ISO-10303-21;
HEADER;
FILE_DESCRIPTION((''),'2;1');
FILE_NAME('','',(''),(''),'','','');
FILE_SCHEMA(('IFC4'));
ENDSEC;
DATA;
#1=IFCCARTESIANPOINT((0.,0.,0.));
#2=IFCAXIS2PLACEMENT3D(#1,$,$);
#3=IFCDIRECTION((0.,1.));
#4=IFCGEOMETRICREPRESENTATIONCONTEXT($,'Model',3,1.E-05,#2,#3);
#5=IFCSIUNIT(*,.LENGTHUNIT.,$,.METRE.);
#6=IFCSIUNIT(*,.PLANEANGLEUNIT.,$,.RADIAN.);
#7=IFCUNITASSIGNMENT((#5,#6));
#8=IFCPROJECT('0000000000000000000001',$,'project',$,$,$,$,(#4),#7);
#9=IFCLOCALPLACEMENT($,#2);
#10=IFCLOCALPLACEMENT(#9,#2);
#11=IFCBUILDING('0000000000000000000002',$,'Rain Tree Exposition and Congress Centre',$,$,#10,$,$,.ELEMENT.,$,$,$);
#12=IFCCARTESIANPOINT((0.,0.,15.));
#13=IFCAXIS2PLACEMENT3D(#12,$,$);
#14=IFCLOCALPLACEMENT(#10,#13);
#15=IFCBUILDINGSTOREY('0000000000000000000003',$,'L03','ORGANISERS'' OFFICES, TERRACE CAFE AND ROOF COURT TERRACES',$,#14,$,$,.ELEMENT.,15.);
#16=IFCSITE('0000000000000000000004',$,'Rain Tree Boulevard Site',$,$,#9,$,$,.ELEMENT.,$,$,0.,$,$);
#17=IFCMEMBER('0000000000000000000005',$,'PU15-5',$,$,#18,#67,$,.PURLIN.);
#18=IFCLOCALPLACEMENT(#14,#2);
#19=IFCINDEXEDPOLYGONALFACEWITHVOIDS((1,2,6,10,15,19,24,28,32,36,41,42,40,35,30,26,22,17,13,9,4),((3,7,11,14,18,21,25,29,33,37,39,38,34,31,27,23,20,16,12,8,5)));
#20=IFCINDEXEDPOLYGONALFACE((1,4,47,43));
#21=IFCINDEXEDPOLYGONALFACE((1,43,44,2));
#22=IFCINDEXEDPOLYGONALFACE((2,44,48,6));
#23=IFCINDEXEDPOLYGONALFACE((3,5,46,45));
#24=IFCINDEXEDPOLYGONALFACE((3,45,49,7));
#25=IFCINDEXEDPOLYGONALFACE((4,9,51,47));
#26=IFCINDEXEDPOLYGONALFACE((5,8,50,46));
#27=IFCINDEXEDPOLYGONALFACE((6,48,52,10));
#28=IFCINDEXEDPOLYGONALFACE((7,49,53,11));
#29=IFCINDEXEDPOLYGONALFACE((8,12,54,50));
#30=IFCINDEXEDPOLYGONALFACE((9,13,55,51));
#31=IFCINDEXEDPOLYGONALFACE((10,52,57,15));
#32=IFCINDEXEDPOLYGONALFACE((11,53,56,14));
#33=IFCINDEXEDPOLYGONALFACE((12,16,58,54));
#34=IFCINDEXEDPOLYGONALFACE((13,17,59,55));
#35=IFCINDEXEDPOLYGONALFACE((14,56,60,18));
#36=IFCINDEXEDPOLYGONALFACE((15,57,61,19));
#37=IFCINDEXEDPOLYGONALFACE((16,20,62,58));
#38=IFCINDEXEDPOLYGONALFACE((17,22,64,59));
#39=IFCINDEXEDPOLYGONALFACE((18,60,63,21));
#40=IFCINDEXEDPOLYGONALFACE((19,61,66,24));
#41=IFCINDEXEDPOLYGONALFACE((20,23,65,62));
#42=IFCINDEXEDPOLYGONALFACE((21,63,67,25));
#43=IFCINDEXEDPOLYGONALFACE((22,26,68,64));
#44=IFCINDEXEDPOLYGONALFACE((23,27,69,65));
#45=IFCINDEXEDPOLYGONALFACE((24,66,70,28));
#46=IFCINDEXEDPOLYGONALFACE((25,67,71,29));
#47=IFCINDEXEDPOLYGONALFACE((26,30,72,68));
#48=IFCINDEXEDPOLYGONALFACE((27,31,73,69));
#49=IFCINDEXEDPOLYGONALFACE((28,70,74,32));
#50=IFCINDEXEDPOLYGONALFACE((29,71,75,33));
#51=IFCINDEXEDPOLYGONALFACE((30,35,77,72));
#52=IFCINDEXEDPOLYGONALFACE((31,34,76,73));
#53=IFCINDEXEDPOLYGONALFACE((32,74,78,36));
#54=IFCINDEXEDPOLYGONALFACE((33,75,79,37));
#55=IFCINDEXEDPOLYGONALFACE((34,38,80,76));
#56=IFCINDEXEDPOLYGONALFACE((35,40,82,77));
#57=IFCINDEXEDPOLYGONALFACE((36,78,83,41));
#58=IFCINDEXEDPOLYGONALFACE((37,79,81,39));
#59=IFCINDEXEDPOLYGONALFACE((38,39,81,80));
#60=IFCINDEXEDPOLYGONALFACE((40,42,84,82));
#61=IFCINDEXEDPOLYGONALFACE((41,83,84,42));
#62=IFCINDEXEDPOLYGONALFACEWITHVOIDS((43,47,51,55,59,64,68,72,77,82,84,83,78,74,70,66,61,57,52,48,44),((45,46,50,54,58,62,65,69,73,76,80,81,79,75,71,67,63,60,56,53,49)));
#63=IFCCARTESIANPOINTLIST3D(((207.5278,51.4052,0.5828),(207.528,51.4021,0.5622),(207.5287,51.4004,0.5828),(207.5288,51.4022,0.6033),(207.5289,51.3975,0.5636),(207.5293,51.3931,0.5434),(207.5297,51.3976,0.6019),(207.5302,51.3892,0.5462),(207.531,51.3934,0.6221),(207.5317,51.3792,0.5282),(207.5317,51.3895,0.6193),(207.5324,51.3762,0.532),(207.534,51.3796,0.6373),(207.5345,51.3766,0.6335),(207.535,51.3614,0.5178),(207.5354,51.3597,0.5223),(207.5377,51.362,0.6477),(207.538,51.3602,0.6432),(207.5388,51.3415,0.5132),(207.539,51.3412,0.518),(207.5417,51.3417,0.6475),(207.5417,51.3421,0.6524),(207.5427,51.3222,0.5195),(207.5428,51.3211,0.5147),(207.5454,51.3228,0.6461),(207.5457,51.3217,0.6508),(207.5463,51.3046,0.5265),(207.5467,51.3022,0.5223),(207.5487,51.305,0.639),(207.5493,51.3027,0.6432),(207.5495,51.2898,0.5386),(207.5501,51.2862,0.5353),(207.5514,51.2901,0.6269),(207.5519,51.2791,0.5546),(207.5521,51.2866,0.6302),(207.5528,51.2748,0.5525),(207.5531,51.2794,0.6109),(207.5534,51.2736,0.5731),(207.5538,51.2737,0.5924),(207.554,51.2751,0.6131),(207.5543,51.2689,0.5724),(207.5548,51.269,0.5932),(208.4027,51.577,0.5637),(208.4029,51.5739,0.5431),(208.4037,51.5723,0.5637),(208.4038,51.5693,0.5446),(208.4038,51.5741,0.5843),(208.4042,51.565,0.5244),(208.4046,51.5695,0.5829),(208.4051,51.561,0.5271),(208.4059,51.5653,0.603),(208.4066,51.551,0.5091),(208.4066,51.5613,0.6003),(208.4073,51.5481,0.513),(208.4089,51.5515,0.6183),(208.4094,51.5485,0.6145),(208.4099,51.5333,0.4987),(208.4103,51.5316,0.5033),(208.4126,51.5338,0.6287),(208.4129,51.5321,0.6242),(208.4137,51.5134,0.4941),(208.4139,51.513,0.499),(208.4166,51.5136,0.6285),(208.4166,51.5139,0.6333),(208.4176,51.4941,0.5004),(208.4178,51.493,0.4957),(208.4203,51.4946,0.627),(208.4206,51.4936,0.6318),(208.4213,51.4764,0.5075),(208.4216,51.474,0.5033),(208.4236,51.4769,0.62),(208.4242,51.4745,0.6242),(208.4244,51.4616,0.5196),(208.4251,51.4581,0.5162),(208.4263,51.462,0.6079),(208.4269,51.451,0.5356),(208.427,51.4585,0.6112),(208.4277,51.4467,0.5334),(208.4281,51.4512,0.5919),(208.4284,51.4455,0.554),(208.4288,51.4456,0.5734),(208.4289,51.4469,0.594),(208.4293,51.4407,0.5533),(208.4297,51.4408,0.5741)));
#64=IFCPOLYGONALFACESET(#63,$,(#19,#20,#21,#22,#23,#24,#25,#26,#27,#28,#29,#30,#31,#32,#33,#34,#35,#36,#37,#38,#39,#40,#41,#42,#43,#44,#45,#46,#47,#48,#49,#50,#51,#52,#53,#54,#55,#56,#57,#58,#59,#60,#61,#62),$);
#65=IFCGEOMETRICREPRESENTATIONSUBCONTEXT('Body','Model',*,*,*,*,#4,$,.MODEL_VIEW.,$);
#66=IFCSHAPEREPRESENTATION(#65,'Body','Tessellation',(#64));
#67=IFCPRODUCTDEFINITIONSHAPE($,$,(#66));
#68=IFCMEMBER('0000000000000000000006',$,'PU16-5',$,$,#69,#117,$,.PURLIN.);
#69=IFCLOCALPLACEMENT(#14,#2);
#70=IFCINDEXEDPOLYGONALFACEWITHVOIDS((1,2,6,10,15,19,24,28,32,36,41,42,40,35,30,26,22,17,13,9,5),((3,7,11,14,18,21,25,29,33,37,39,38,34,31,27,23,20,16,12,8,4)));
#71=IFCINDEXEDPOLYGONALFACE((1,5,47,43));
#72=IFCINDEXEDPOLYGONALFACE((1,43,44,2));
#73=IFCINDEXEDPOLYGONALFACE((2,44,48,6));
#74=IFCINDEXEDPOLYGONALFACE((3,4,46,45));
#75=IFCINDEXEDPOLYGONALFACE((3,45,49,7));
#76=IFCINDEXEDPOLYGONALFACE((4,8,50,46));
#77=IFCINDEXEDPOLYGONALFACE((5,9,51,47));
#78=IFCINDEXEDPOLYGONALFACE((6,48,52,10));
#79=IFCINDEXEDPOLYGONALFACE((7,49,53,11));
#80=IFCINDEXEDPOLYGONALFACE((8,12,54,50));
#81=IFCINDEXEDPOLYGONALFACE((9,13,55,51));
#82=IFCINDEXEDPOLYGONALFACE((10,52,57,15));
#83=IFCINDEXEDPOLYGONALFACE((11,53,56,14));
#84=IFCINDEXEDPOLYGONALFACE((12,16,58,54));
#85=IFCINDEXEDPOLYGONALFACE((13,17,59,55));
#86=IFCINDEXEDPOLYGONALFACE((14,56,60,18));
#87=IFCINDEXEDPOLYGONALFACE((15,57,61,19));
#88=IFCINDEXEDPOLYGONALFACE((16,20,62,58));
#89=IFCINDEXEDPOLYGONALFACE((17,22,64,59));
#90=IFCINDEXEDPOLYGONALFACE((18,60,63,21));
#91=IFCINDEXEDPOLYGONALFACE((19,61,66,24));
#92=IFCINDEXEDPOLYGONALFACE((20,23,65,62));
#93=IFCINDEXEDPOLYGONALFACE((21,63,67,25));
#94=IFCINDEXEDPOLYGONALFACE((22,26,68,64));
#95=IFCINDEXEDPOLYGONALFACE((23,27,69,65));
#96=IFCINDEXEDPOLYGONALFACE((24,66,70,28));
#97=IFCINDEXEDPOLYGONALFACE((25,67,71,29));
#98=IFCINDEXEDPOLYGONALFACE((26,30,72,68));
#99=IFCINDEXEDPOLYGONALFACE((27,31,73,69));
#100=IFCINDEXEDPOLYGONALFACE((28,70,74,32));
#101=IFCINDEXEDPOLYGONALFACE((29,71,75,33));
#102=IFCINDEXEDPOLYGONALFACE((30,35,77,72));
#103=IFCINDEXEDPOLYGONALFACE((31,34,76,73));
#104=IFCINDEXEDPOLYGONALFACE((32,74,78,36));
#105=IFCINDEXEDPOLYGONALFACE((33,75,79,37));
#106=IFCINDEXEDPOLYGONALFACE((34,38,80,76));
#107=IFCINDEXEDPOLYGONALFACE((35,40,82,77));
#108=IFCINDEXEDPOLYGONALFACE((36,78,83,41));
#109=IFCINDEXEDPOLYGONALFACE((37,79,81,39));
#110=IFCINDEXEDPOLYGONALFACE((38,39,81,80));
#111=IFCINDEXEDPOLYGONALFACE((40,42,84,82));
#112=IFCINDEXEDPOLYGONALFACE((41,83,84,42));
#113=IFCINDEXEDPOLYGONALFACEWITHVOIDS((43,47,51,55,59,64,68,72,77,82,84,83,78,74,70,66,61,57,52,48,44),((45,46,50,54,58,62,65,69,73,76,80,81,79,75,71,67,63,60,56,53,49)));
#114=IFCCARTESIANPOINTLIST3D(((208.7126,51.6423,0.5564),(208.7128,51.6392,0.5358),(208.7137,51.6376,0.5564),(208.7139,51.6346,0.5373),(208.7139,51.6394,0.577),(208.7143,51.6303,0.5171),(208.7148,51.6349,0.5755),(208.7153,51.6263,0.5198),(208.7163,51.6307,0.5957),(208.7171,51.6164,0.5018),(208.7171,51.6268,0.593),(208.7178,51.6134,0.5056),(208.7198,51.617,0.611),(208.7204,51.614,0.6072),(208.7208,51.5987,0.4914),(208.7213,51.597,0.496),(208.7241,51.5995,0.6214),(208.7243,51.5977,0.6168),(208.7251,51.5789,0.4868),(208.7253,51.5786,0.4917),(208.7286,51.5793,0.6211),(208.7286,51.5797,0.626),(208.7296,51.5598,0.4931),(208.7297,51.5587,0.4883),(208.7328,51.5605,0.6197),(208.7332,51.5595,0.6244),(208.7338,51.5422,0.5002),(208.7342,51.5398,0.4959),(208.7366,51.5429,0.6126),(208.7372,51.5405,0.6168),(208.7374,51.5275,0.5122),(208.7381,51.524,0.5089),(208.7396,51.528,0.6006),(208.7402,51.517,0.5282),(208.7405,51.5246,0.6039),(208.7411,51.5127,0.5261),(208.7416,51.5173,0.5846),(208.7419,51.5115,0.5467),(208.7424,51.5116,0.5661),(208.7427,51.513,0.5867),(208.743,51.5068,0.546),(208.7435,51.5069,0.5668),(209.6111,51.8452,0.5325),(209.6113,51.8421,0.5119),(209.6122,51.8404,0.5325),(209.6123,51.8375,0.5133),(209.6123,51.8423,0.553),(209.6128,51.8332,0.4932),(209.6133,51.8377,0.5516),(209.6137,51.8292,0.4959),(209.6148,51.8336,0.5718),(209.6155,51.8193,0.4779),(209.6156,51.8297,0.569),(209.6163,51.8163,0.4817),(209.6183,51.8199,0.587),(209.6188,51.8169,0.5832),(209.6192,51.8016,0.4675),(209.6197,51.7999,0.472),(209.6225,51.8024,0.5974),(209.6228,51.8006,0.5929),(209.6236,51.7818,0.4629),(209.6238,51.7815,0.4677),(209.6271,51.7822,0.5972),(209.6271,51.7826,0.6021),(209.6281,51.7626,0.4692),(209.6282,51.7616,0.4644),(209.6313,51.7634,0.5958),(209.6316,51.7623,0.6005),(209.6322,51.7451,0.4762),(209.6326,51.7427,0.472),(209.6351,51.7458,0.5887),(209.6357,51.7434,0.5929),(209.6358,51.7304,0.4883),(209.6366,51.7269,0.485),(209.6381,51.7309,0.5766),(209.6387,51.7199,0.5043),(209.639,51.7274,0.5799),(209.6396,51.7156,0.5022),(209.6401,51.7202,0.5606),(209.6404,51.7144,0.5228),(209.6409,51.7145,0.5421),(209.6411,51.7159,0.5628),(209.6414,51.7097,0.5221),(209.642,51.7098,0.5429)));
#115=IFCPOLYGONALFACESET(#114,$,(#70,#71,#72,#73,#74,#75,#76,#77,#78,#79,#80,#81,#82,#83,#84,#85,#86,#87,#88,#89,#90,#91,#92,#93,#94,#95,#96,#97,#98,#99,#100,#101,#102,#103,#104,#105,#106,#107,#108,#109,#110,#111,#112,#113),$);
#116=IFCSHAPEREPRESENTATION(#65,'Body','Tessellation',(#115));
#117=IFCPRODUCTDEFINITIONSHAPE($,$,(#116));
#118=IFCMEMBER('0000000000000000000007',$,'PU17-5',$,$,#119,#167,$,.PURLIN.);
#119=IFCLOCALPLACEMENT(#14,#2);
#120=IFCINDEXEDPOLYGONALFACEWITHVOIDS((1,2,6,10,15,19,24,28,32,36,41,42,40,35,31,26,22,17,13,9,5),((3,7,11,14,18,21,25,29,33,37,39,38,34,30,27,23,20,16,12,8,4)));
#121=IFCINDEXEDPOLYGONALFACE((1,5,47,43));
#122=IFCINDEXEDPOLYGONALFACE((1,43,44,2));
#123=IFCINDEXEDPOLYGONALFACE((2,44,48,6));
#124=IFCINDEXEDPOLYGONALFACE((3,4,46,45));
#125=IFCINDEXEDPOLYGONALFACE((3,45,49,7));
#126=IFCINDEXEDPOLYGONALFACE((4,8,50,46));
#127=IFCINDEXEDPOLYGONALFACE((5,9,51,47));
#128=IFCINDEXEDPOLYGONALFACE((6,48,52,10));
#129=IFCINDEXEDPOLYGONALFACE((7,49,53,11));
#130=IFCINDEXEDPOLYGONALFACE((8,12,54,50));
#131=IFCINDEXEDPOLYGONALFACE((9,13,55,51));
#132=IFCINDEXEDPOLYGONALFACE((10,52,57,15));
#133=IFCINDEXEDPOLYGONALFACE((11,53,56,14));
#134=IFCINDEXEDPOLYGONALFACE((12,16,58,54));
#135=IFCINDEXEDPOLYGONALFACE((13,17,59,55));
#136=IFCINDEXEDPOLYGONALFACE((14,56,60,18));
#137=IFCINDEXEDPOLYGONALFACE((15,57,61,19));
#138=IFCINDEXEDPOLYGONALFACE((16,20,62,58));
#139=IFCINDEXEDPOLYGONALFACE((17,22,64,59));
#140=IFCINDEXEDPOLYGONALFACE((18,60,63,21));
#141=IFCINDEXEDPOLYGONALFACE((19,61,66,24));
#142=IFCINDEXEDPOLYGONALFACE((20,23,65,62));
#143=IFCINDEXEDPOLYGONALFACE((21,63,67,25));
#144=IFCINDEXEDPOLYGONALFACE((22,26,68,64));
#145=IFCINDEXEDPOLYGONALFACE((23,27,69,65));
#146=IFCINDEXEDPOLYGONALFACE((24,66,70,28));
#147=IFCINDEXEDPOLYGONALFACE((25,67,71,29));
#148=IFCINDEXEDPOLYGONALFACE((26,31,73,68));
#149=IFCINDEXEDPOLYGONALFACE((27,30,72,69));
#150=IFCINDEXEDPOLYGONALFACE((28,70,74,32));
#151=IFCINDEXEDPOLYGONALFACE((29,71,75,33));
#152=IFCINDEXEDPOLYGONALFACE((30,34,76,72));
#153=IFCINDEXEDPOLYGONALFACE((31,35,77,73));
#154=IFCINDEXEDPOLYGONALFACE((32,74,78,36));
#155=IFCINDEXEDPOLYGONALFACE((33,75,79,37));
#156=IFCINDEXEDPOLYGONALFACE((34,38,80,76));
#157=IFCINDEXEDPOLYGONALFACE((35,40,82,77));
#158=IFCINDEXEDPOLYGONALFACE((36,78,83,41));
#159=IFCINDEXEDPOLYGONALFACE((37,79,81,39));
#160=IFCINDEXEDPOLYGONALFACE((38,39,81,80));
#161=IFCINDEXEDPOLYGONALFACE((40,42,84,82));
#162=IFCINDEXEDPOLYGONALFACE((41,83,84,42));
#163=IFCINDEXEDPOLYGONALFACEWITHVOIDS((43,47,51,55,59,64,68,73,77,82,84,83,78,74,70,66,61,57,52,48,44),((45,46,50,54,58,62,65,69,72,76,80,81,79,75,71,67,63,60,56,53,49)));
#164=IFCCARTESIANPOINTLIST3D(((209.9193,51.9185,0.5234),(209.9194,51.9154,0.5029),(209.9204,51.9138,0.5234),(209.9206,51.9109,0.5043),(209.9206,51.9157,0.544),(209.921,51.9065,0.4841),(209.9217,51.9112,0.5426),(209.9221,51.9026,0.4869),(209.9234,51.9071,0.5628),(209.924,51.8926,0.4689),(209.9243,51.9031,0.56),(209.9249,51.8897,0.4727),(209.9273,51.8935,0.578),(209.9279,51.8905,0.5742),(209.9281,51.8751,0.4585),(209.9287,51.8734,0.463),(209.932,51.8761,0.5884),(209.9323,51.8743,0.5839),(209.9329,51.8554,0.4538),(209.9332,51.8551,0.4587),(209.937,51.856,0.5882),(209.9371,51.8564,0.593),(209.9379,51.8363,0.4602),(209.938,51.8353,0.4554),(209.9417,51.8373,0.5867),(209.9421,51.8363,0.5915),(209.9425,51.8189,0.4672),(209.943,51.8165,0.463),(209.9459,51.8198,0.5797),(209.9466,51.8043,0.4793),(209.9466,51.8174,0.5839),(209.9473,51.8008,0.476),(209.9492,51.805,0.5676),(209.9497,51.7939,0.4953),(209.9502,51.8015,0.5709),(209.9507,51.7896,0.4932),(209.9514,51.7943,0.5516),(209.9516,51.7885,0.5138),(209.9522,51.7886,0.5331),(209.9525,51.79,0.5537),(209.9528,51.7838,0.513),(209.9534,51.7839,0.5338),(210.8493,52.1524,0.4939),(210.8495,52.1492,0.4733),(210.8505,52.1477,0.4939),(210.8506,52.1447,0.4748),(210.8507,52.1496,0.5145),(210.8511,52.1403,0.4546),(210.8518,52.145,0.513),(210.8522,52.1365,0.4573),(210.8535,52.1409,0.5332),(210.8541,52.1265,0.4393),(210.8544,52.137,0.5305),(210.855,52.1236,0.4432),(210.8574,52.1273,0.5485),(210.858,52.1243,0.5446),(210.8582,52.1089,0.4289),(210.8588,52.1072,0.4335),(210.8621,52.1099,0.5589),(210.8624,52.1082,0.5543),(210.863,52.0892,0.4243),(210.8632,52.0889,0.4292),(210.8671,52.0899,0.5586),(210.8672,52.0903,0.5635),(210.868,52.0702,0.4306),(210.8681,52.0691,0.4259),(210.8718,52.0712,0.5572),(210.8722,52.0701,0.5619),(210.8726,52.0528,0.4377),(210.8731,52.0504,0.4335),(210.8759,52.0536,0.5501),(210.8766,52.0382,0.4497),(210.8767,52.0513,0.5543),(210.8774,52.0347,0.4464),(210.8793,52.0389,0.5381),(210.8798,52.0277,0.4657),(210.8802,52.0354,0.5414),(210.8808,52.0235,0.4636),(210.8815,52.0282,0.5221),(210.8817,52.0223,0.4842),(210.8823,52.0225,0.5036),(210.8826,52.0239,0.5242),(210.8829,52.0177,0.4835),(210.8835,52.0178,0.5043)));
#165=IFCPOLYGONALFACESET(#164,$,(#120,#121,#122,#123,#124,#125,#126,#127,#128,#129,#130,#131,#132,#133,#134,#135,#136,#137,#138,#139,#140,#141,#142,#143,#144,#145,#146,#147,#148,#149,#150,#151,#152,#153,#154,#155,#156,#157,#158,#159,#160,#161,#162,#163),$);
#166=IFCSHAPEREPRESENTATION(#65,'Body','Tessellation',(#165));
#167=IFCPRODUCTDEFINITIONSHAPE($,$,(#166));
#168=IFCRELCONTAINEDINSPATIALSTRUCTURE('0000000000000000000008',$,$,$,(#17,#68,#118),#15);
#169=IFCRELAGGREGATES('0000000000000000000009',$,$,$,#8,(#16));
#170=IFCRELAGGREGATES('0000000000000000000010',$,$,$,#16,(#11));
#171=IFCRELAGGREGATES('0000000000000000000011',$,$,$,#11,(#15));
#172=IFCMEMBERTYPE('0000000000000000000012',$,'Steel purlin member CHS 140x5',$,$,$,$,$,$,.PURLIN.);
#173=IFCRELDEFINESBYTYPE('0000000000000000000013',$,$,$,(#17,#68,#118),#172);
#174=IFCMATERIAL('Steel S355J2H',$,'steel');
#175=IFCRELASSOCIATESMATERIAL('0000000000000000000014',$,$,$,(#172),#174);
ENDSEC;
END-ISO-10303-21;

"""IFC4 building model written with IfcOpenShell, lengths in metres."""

from ifc_helpers import new_model, si_unit, direction, frame, origin, origin_2d, place, context, subcontext, project, spatial, hollow_circle, extrude, material, material_profile, profile_set, type_object, element, save


model = new_model("IFC4")

# Units and contexts
model_context = context("Model", 3, precision=1e-05, world=origin(), true_north=direction((0.0, 1.0)))
body_context = subcontext(model_context, "Body", "Model", "MODEL_VIEW")
ifc_project = project(units=[si_unit("LENGTHUNIT", "METRE"), si_unit("PLANEANGLEUNIT", "RADIAN")], contexts=[model_context])

# Site, building, storey
site_placement = place(None, origin())
site = spatial("IfcSite", under=ifc_project, at=site_placement, Name="Rain Tree Boulevard Site", CompositionType="ELEMENT", RefElevation=0.0)
building_placement = place(site_placement, origin())
building = spatial("IfcBuilding", under=site, at=building_placement, Name="Rain Tree Exposition and Congress Centre", CompositionType="ELEMENT")
storey_placement = place(building_placement, frame((0.0, 0.0, 15.0)))
storey = spatial("IfcBuildingStorey", under=building, at=storey_placement, Name="L03", Description="ORGANISERS' OFFICES, TERRACE CAFE AND ROOF COURT TERRACES", CompositionType="ELEMENT", Elevation=15.0)

# Members
ifc_material_1 = material(Name="Steel S355J2H", Category="steel")
ifc_material_profile_1 = material_profile(ifc_material_1, hollow_circle(Radius=0.0698, WallThickness=0.0049, at=origin_2d()), Name="CHS 140x5")
ifc_profile_set_1 = profile_set([ifc_material_profile_1], Name="Steel S355J2H")
member_type_1 = type_object("IfcMemberType", Name="Steel purlin member CHS 140x5", PredefinedType="PURLIN", material=ifc_profile_set_1)
member_1_placement = place(storey_placement, frame((207.5413, 51.3367, 0.5828), z_axis=(0.981025, 0.192701, -0.02135), x_axis=(-0.192745, 0.981249, 0.0)))
element("IfcMember", 1, at=member_1_placement, inside=storey, type_object=member_type_1, Name="PU15-5", PredefinedType="PURLIN", context=body_context, shape_type="SweptSolid", body=[
    extrude(hollow_circle(Radius=0.0698, WallThickness=0.0049, at=origin_2d()), origin(), (0.0, 0.0, 1.0), 0.8918),
])
member_2_placement = place(storey_placement, frame((208.728, 51.5742, 0.5564), z_axis=(0.97511, 0.220195, -0.025968), x_axis=(-0.220269, 0.975439, 0.0)))
element("IfcMember", 2, at=member_2_placement, inside=storey, type_object=member_type_1, Name="PU16-5", PredefinedType="PURLIN", context=body_context, shape_type="SweptSolid", body=[
    extrude(hollow_circle(Radius=0.0698, WallThickness=0.0049, at=origin_2d()), origin(), (0.0, 0.0, 1.0), 0.9214),
])
member_3_placement = place(storey_placement, frame((209.9363, 51.8508, 0.5234), z_axis=(0.969353, 0.243737, -0.030785), x_axis=(-0.243853, 0.969812, 0.0)))
element("IfcMember", 3, at=member_3_placement, inside=storey, type_object=member_type_1, Name="PU17-5", PredefinedType="PURLIN", context=body_context, shape_type="SweptSolid", body=[
    extrude(hollow_circle(Radius=0.0698, WallThickness=0.0049, at=origin_2d()), origin(), (0.0, 0.0, 1.0), 0.9595),
])

save(model, "model.ifc")
